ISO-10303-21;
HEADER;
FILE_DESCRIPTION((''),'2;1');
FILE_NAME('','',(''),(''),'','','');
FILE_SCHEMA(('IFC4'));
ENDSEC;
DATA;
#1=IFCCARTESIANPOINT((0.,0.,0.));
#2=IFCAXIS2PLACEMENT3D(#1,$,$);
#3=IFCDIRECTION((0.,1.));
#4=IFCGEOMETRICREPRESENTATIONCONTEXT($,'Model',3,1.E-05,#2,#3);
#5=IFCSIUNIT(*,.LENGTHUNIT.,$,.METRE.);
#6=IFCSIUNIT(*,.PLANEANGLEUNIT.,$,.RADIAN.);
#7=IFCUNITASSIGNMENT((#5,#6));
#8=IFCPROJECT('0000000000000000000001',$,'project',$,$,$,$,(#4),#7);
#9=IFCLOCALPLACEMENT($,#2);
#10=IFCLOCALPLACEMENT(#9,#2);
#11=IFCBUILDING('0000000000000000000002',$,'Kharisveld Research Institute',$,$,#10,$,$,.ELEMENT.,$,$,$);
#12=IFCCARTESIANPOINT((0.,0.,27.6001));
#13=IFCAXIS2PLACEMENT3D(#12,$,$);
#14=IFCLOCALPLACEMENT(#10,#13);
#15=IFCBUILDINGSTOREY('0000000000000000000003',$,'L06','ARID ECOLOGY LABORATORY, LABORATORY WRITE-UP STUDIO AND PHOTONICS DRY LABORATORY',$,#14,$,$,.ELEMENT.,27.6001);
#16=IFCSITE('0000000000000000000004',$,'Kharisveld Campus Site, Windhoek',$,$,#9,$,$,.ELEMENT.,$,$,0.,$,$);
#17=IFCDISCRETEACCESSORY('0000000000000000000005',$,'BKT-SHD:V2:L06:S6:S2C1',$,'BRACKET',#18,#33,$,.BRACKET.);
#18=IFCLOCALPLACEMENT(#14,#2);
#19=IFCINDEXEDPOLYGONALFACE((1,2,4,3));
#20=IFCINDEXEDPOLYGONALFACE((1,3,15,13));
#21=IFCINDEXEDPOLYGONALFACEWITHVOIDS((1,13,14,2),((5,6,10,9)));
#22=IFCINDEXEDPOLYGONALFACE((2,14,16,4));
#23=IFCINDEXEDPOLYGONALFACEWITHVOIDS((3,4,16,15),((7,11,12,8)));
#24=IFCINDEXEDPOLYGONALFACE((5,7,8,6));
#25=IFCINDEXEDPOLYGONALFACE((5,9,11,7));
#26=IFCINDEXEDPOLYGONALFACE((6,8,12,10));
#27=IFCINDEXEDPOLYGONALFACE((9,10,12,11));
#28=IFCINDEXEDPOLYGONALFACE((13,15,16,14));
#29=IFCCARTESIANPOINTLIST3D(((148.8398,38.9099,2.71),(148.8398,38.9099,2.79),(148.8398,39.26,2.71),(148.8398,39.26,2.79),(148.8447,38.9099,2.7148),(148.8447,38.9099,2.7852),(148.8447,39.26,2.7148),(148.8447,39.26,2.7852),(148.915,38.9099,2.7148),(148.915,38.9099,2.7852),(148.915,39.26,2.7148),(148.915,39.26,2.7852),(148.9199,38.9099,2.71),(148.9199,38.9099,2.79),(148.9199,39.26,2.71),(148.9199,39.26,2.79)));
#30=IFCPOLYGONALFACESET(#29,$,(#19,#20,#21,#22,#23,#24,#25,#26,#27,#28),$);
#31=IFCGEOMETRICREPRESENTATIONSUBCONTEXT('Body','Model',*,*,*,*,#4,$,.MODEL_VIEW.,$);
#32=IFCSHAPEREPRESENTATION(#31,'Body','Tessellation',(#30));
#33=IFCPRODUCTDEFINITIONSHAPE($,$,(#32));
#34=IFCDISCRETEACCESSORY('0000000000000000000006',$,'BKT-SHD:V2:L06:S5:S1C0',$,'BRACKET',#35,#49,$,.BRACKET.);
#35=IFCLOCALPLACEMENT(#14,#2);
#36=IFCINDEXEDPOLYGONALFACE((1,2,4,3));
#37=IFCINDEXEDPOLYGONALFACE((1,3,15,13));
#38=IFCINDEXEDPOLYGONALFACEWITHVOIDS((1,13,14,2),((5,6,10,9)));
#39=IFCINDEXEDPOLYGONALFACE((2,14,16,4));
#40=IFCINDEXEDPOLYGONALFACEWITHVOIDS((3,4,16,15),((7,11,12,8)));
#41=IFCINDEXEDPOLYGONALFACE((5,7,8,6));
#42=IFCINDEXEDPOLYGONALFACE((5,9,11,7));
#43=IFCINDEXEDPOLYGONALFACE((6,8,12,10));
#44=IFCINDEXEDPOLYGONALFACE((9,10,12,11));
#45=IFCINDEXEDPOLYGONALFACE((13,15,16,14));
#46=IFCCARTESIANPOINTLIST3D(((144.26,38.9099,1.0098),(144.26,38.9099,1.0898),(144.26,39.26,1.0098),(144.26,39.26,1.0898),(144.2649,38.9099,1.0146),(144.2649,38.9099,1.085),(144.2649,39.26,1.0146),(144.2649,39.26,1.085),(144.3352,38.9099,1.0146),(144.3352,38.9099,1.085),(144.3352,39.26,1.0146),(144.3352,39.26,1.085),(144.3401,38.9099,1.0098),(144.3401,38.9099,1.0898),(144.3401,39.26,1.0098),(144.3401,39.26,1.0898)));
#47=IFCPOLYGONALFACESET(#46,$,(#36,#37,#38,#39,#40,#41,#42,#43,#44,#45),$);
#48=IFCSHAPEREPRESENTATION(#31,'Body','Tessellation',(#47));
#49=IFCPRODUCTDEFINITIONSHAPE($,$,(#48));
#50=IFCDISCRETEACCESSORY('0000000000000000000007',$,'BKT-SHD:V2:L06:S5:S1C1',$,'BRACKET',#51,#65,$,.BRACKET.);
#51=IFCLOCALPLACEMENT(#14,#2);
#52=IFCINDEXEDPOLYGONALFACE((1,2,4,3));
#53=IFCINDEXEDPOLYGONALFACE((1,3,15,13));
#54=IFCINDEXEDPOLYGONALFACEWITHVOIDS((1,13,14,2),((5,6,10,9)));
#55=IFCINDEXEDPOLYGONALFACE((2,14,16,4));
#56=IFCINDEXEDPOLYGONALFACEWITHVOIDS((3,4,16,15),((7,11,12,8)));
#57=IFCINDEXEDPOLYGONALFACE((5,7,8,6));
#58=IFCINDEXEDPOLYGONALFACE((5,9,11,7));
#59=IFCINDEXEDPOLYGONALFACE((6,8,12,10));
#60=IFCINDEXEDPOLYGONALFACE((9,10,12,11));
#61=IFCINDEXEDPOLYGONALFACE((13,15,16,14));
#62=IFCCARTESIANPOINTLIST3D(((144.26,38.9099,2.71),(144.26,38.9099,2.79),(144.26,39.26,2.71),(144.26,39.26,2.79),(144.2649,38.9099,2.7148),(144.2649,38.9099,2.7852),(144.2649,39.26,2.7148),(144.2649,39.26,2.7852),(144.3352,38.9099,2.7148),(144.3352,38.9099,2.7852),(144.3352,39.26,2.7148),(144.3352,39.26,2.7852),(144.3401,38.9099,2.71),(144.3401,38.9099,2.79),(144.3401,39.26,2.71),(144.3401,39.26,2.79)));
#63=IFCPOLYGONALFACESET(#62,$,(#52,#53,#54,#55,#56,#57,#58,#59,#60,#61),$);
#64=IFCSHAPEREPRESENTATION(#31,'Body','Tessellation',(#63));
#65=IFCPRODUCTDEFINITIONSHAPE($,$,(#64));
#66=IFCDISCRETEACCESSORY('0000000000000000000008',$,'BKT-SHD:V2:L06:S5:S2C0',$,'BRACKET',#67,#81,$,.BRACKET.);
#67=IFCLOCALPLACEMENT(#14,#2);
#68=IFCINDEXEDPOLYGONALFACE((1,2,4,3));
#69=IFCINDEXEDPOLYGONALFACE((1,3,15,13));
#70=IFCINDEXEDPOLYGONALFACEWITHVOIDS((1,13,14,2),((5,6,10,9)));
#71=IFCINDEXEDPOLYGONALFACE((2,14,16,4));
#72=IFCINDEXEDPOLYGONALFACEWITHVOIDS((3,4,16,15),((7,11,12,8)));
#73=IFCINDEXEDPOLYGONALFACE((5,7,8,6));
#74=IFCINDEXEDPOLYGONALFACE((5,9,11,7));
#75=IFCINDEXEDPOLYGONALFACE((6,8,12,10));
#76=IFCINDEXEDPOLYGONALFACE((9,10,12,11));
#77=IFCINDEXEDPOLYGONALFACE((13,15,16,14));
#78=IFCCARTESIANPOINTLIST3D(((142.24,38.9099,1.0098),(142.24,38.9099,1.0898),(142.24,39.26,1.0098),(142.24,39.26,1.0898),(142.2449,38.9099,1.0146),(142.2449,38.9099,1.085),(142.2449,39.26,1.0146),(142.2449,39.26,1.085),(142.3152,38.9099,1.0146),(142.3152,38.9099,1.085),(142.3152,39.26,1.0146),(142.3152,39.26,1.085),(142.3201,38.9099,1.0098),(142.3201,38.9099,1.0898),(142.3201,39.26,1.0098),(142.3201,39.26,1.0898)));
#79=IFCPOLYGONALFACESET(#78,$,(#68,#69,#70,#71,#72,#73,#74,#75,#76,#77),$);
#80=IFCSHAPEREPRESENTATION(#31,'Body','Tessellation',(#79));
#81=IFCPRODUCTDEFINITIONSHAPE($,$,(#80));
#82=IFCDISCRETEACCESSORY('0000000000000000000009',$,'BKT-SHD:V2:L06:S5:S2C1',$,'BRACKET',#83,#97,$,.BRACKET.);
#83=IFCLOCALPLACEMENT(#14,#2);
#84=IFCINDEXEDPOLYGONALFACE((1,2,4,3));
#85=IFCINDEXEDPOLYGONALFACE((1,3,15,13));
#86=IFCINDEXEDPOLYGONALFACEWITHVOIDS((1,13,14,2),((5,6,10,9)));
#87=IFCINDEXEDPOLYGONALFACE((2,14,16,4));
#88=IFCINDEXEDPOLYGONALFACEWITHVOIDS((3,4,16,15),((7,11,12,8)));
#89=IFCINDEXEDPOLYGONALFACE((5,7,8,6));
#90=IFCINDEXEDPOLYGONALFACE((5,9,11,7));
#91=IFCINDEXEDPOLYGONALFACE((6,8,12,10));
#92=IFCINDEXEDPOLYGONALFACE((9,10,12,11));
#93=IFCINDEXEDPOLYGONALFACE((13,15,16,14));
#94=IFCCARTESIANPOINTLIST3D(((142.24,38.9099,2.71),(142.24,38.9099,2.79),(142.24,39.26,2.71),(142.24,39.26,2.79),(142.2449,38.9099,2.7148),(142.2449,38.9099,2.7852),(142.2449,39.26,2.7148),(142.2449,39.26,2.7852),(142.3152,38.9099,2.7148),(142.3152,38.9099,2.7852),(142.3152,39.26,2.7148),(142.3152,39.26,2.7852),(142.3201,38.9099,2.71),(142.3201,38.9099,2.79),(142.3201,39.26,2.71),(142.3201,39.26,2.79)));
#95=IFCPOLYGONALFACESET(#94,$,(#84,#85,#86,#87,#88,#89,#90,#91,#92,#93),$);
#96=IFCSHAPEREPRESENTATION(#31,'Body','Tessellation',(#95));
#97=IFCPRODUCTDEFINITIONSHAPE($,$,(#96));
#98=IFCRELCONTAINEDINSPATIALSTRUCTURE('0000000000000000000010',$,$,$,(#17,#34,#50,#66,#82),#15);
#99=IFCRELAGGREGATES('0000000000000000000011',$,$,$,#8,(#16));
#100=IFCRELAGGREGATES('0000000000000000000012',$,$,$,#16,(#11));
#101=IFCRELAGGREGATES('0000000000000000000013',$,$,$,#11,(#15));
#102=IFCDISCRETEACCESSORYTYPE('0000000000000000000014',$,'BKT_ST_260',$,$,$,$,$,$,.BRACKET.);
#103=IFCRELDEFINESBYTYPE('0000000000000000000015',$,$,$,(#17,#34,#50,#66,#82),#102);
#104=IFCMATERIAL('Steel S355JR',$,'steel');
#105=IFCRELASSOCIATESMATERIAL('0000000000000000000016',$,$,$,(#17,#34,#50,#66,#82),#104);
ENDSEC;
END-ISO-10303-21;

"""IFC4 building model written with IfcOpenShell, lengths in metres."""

from ifc_helpers import new_model, si_unit, direction, frame, origin, origin_2d, place, context, subcontext, project, spatial, hollow_rectangle, extrude, material, type_object, element, save


model = new_model("IFC4")

# Units and contexts
model_context = context("Model", 3, precision=1e-05, world=origin(), true_north=direction((0.0, 1.0)))
body_context = subcontext(model_context, "Body", "Model", "MODEL_VIEW")
ifc_project = project(units=[si_unit("LENGTHUNIT", "METRE"), si_unit("PLANEANGLEUNIT", "RADIAN")], contexts=[model_context])

# Site, building, storey
site_placement = place(None, origin())
site = spatial("IfcSite", under=ifc_project, at=site_placement, Name="Kharisveld Campus Site, Windhoek", CompositionType="ELEMENT", RefElevation=0.0)
building_placement = place(site_placement, origin())
building = spatial("IfcBuilding", under=site, at=building_placement, Name="Kharisveld Research Institute", CompositionType="ELEMENT")
storey_placement = place(building_placement, frame((0.0, 0.0, 27.6001)))
storey = spatial("IfcBuildingStorey", under=building, at=storey_placement, Name="L06", Description="ARID ECOLOGY LABORATORY, LABORATORY WRITE-UP STUDIO AND PHOTONICS DRY LABORATORY", CompositionType="ELEMENT", Elevation=27.6001)

# Discrete accessories
ifc_material_1 = material(Name="Steel S355JR", Category="steel")
discrete_accessory_type = type_object("IfcDiscreteAccessoryType", Name="BKT_ST_260", PredefinedType="BRACKET")
for number, where, z_axis, x_axis, name in (
    (1, (148.8799, 39.26, 2.75), (0.0, -1.0, 0.0), (1.0, 0.0, 0.0), "BKT-SHD:V2:L06:S6:S2C1"),
    (2, (144.3, 39.26, 1.0498), (0.0, -1.0, 0.0), (1.0, 0.0, 0.0), "BKT-SHD:V2:L06:S5:S1C0"),
    (3, (144.3, 39.26, 2.75), (0.0, -1.0, 0.0), (1.0, 0.0, 0.0), "BKT-SHD:V2:L06:S5:S1C1"),
    (4, (142.28, 39.26, 1.0498), (0.0, -1.0, 0.0), (1.0, 0.0, 0.0), "BKT-SHD:V2:L06:S5:S2C0"),
    (5, (142.28, 39.26, 2.75), (0.0, -1.0, 0.0), (1.0, 0.0, 0.0), "BKT-SHD:V2:L06:S5:S2C1"),
):
    element("IfcDiscreteAccessory", number, at=place(storey_placement, frame(where, z_axis=z_axis, x_axis=x_axis)), inside=storey, type_object=discrete_accessory_type, material=ifc_material_1, Name=name, ObjectType="BRACKET", PredefinedType="BRACKET", context=body_context, shape_type="SweptSolid", body=[
        extrude(hollow_rectangle(XDim=0.0801, YDim=0.0801, WallThickness=0.0049, at=origin_2d()), origin(), (0.0, 0.0, 1.0), 0.3501),
    ])

save(model, "model.ifc")
